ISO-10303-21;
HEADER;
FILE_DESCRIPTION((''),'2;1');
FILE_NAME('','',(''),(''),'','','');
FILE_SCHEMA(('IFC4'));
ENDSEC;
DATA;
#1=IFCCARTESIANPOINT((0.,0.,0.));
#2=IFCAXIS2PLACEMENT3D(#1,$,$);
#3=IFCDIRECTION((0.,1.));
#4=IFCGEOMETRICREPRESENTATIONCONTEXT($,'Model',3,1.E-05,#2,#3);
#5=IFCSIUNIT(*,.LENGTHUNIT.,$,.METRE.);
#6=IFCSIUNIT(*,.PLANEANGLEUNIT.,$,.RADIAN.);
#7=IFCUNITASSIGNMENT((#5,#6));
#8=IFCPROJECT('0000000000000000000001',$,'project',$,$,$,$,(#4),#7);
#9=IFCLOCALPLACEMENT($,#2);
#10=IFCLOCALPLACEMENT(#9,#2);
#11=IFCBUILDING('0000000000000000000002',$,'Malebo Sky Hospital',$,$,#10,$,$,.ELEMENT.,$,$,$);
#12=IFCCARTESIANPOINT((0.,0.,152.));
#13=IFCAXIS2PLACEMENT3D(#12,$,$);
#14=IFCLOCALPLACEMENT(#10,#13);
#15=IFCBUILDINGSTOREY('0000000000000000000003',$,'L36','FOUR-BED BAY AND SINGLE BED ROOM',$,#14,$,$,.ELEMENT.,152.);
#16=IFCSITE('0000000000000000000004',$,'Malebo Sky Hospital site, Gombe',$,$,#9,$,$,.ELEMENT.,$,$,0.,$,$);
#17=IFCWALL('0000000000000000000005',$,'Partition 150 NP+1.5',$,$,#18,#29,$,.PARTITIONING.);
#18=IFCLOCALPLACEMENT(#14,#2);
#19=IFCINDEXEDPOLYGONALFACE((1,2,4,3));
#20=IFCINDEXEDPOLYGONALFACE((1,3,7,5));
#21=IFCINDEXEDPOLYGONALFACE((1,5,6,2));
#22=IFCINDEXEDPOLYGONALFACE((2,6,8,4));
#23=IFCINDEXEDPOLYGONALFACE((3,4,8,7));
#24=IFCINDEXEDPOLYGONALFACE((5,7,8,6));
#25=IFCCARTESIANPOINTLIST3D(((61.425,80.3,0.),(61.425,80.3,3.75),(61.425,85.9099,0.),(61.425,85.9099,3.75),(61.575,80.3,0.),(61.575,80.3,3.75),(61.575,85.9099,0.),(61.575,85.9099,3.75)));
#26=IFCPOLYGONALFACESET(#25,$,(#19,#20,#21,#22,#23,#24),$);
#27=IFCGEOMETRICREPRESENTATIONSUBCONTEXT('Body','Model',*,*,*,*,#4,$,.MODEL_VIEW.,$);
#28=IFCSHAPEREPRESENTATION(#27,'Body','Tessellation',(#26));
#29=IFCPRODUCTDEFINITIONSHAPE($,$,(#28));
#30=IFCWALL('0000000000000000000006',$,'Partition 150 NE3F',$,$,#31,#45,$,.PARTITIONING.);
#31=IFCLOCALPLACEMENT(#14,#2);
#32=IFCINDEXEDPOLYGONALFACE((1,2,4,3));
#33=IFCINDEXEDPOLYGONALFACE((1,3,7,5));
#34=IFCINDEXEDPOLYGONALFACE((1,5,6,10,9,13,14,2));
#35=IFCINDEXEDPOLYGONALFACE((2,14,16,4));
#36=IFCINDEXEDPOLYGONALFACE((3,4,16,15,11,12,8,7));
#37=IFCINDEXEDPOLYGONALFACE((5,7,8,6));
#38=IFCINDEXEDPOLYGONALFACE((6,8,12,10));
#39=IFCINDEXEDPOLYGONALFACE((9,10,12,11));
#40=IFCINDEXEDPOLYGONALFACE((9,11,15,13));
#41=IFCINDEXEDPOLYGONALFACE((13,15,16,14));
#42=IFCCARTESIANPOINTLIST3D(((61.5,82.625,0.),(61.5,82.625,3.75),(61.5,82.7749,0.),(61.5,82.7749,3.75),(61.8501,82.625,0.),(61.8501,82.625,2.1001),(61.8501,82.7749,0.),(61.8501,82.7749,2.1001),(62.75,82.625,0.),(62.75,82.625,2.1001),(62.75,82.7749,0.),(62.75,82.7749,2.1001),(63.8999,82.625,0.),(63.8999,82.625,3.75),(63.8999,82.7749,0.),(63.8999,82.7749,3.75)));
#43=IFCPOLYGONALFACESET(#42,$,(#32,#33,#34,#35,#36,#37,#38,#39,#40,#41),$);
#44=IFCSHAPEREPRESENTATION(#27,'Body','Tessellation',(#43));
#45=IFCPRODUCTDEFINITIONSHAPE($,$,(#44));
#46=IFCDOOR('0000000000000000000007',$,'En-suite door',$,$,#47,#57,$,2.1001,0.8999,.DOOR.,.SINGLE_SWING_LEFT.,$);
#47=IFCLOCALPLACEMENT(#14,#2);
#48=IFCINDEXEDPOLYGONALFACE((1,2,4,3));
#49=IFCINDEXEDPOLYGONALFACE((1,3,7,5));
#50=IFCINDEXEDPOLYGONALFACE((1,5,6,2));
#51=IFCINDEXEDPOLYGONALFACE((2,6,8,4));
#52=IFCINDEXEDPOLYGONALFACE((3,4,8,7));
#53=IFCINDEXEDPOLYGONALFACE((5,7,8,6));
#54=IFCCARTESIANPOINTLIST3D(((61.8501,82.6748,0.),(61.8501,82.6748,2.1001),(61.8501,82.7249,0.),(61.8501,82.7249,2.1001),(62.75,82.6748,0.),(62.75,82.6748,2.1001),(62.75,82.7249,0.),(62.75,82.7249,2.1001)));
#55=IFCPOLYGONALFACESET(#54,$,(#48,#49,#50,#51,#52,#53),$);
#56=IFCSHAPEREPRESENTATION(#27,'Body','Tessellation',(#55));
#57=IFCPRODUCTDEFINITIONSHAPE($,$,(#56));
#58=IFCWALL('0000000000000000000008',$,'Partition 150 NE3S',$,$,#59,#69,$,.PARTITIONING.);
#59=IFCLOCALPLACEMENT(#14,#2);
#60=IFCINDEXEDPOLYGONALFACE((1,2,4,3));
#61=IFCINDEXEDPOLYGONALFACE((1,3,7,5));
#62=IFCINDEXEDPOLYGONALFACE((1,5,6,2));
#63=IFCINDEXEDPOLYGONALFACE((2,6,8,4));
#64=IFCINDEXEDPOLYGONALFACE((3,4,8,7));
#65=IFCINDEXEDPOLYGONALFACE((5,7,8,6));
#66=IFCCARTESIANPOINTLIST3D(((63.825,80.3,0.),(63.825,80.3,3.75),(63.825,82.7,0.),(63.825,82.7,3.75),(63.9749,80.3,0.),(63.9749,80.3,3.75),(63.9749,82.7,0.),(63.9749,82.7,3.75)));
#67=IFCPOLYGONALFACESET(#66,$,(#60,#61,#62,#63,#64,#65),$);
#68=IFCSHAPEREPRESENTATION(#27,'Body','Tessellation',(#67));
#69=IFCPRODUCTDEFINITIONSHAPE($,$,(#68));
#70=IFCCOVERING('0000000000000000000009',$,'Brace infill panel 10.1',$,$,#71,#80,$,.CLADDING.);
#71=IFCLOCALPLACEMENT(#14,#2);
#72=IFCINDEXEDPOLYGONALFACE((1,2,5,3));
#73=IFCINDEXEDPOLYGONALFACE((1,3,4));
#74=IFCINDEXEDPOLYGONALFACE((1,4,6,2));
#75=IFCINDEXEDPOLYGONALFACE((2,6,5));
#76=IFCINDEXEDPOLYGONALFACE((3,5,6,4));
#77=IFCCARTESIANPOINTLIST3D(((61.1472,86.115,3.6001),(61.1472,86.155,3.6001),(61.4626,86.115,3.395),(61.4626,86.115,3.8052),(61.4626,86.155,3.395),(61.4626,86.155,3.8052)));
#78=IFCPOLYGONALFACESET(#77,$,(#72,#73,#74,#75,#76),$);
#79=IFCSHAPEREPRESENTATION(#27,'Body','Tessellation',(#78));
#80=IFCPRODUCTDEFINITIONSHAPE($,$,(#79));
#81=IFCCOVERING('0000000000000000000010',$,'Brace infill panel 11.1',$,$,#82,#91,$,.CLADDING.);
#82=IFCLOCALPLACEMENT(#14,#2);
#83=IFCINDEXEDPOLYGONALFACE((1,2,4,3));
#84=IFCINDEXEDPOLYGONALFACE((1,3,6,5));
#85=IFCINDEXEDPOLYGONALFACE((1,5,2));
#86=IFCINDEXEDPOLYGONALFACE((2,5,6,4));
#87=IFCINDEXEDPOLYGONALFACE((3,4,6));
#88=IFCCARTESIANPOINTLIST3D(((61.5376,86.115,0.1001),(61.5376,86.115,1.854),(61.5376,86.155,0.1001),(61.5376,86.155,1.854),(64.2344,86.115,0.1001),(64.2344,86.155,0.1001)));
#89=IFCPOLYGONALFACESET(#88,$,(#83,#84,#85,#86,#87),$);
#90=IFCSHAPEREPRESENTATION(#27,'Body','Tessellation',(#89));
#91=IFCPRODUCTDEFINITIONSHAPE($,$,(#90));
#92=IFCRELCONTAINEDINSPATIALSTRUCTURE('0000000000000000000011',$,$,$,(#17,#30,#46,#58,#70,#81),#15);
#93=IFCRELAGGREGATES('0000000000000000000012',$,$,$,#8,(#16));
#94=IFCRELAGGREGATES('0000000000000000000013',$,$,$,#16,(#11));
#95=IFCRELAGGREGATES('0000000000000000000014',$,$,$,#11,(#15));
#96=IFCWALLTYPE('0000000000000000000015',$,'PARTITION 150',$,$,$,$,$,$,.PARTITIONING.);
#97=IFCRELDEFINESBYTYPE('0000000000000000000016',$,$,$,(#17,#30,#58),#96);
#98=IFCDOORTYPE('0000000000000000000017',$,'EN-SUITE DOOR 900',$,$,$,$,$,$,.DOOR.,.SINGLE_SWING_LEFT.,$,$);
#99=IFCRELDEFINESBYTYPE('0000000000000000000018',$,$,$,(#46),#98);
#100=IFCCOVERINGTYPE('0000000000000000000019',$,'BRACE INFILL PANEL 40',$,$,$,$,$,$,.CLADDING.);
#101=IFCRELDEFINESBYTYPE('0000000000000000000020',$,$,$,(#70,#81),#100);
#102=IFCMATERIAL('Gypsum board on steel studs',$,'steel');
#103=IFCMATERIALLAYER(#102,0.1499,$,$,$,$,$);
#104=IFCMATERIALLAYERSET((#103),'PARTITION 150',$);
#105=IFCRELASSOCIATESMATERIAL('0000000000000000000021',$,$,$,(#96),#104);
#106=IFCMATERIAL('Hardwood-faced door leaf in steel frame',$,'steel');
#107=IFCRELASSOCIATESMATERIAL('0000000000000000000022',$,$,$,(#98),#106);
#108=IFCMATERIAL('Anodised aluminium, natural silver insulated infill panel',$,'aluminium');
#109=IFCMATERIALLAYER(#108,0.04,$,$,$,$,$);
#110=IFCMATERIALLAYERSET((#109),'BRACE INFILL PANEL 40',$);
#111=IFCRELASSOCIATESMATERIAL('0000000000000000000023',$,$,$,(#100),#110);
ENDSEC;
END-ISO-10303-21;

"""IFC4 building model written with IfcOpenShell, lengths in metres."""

from ifc_helpers import new_model, si_unit, direction, frame, frame_2d, origin, place, context, subcontext, project, spatial, polyline, rectangle, outline, extrude, material, layer, layer_set, type_object, element, fill, save


model = new_model("IFC4")

# Units and contexts
model_context = context("Model", 3, precision=1e-05, world=origin(), true_north=direction((0.0, 1.0)))
body_context = subcontext(model_context, "Body", "Model", "MODEL_VIEW")
ifc_project = project(units=[si_unit("LENGTHUNIT", "METRE"), si_unit("PLANEANGLEUNIT", "RADIAN")], contexts=[model_context])

# Site, building, storey
site_placement = place(None, origin())
site = spatial("IfcSite", under=ifc_project, at=site_placement, Name="Malebo Sky Hospital site, Gombe", CompositionType="ELEMENT", RefElevation=0.0)
building_placement = place(site_placement, origin())
building = spatial("IfcBuilding", under=site, at=building_placement, Name="Malebo Sky Hospital", CompositionType="ELEMENT")
storey_placement = place(building_placement, frame((0.0, 0.0, 152.0)))
storey = spatial("IfcBuildingStorey", under=building, at=storey_placement, Name="L36", Description="FOUR-BED BAY AND SINGLE BED ROOM", CompositionType="ELEMENT", Elevation=152.0)

# Shared definitions
ifc_material_1 = material(Name="Gypsum board on steel studs", Category="steel")
ifc_material_2 = material(Name="Hardwood-faced door leaf in steel frame", Category="steel")

# Wall
ifc_layer_1 = layer(ifc_material_1, 0.1499)
ifc_layer_set_1 = layer_set([ifc_layer_1], Name="PARTITION 150")
wall_type_1 = type_object("IfcWallType", Name="PARTITION 150", PredefinedType="PARTITIONING", material=ifc_layer_set_1)
wall_1_placement = place(storey_placement, frame((61.5, 80.3, 0.0), z_axis=(0.0, 0.0, 1.0), x_axis=(0.0, 1.0, 0.0)))
element("IfcWall", 1, at=wall_1_placement, inside=storey, type_object=wall_type_1, Name="Partition 150 NP+1.5", PredefinedType="PARTITIONING", context=body_context, shape_type="SweptSolid", body=[
    extrude(rectangle(XDim=5.6099, YDim=0.1499, at=frame_2d((2.8049, 0.0))), origin(), (0.0, 0.0, 1.0), 3.75),
])

# Wall, opening, door
wall_2_placement = place(storey_placement, frame((61.5, 82.7, 0.0), z_axis=(0.0, 0.0, 1.0), x_axis=(1.0, 0.0, 0.0)))
wall_2 = element("IfcWall", 2, at=wall_2_placement, inside=storey, type_object=wall_type_1, Name="Partition 150 NE3F", PredefinedType="PARTITIONING", context=body_context, shape_type="SweptSolid", body=[
    extrude(rectangle(XDim=2.3999, YDim=0.1499, at=frame_2d((1.2, 0.0))), origin(), (0.0, 0.0, 1.0), 3.75),
])
opening_1_placement = place(wall_2_placement, frame((0.3501, 0.0, 0.0)))
opening_1 = element("IfcOpeningElement", 3, at=opening_1_placement, cuts=wall_2, PredefinedType="OPENING", context=body_context, shape_type="SweptSolid", body=[
    extrude(rectangle(XDim=0.8999, YDim=2.1001, at=frame_2d((0.45, 1.05))), frame((0.0, 0.085, 0.0), z_axis=(0.0, -1.0, 0.0), x_axis=(1.0, 0.0, 0.0)), (0.0, 0.0, 1.0), 0.1699),
])
door_type_1 = type_object("IfcDoorType", Name="EN-SUITE DOOR 900", OperationType="SINGLE_SWING_LEFT", PredefinedType="DOOR", material=ifc_material_2)
door_1_placement = place(opening_1_placement, origin())
door_1 = element("IfcDoor", 4, at=door_1_placement, inside=storey, type_object=door_type_1, Name="En-suite door", OperationType="SINGLE_SWING_LEFT", OverallHeight=2.1001, OverallWidth=0.8999, PredefinedType="DOOR", context=body_context, shape_type="SweptSolid", body=[
    extrude(rectangle(XDim=0.8999, YDim=2.1001, at=frame_2d((0.45, 1.05))), frame((0.0, 0.0249, 0.0), z_axis=(0.0, -1.0, 0.0), x_axis=(1.0, 0.0, 0.0)), (0.0, 0.0, 1.0), 0.05),
])
fill(opening_1, door_1)

# Wall
wall_3_placement = place(storey_placement, frame((63.8999, 80.3, 0.0), z_axis=(0.0, 0.0, 1.0), x_axis=(0.0, 1.0, 0.0)))
element("IfcWall", 5, at=wall_3_placement, inside=storey, type_object=wall_type_1, Name="Partition 150 NE3S", PredefinedType="PARTITIONING", context=body_context, shape_type="SweptSolid", body=[
    extrude(rectangle(XDim=2.3999, YDim=0.1499, at=frame_2d((1.2, 0.0))), origin(), (0.0, 0.0, 1.0), 3.75),
])

# Coverings
ifc_material_3 = material(Name="Anodised aluminium, natural silver insulated infill panel", Category="aluminium")
ifc_layer_2 = layer(ifc_material_3, 0.04)
ifc_layer_set_2 = layer_set([ifc_layer_2], Name="BRACE INFILL PANEL 40")
covering_type = type_object("IfcCoveringType", Name="BRACE INFILL PANEL 40", PredefinedType="CLADDING", material=ifc_layer_set_2)
covering_1_placement = place(storey_placement, frame((61.3049, 86.135, 3.395), z_axis=(0.0, 0.0, 1.0), x_axis=(1.0, 0.0, 0.0)))
element("IfcCovering", 6, at=covering_1_placement, inside=storey, type_object=covering_type, Name="Brace infill panel 10.1", PredefinedType="CLADDING", context=body_context, shape_type="SweptSolid", body=[
    extrude(outline(polyline([(0.1577, 0.0), (0.1577, 0.4102), (-0.1577, 0.2051), (0.1577, 0.0)])), frame((0.0, 0.02, 0.0), z_axis=(0.0, -1.0, 0.0), x_axis=(1.0, 0.0, 0.0)), (0.0, 0.0, 1.0), 0.04),
])
covering_2_placement = place(storey_placement, frame((62.886, 86.135, 0.1001), z_axis=(0.0, 0.0, 1.0), x_axis=(1.0, 0.0, 0.0)))
element("IfcCovering", 7, at=covering_2_placement, inside=storey, type_object=covering_type, Name="Brace infill panel 11.1", PredefinedType="CLADDING", context=body_context, shape_type="SweptSolid", body=[
    extrude(outline(polyline([(-1.3484, 0.0), (1.3484, 0.0), (-1.3484, 1.7539), (-1.3484, 0.0)])), frame((0.0, 0.02, 0.0), z_axis=(0.0, -1.0, 0.0), x_axis=(1.0, 0.0, 0.0)), (0.0, 0.0, 1.0), 0.04),
])

save(model, "model.ifc")
